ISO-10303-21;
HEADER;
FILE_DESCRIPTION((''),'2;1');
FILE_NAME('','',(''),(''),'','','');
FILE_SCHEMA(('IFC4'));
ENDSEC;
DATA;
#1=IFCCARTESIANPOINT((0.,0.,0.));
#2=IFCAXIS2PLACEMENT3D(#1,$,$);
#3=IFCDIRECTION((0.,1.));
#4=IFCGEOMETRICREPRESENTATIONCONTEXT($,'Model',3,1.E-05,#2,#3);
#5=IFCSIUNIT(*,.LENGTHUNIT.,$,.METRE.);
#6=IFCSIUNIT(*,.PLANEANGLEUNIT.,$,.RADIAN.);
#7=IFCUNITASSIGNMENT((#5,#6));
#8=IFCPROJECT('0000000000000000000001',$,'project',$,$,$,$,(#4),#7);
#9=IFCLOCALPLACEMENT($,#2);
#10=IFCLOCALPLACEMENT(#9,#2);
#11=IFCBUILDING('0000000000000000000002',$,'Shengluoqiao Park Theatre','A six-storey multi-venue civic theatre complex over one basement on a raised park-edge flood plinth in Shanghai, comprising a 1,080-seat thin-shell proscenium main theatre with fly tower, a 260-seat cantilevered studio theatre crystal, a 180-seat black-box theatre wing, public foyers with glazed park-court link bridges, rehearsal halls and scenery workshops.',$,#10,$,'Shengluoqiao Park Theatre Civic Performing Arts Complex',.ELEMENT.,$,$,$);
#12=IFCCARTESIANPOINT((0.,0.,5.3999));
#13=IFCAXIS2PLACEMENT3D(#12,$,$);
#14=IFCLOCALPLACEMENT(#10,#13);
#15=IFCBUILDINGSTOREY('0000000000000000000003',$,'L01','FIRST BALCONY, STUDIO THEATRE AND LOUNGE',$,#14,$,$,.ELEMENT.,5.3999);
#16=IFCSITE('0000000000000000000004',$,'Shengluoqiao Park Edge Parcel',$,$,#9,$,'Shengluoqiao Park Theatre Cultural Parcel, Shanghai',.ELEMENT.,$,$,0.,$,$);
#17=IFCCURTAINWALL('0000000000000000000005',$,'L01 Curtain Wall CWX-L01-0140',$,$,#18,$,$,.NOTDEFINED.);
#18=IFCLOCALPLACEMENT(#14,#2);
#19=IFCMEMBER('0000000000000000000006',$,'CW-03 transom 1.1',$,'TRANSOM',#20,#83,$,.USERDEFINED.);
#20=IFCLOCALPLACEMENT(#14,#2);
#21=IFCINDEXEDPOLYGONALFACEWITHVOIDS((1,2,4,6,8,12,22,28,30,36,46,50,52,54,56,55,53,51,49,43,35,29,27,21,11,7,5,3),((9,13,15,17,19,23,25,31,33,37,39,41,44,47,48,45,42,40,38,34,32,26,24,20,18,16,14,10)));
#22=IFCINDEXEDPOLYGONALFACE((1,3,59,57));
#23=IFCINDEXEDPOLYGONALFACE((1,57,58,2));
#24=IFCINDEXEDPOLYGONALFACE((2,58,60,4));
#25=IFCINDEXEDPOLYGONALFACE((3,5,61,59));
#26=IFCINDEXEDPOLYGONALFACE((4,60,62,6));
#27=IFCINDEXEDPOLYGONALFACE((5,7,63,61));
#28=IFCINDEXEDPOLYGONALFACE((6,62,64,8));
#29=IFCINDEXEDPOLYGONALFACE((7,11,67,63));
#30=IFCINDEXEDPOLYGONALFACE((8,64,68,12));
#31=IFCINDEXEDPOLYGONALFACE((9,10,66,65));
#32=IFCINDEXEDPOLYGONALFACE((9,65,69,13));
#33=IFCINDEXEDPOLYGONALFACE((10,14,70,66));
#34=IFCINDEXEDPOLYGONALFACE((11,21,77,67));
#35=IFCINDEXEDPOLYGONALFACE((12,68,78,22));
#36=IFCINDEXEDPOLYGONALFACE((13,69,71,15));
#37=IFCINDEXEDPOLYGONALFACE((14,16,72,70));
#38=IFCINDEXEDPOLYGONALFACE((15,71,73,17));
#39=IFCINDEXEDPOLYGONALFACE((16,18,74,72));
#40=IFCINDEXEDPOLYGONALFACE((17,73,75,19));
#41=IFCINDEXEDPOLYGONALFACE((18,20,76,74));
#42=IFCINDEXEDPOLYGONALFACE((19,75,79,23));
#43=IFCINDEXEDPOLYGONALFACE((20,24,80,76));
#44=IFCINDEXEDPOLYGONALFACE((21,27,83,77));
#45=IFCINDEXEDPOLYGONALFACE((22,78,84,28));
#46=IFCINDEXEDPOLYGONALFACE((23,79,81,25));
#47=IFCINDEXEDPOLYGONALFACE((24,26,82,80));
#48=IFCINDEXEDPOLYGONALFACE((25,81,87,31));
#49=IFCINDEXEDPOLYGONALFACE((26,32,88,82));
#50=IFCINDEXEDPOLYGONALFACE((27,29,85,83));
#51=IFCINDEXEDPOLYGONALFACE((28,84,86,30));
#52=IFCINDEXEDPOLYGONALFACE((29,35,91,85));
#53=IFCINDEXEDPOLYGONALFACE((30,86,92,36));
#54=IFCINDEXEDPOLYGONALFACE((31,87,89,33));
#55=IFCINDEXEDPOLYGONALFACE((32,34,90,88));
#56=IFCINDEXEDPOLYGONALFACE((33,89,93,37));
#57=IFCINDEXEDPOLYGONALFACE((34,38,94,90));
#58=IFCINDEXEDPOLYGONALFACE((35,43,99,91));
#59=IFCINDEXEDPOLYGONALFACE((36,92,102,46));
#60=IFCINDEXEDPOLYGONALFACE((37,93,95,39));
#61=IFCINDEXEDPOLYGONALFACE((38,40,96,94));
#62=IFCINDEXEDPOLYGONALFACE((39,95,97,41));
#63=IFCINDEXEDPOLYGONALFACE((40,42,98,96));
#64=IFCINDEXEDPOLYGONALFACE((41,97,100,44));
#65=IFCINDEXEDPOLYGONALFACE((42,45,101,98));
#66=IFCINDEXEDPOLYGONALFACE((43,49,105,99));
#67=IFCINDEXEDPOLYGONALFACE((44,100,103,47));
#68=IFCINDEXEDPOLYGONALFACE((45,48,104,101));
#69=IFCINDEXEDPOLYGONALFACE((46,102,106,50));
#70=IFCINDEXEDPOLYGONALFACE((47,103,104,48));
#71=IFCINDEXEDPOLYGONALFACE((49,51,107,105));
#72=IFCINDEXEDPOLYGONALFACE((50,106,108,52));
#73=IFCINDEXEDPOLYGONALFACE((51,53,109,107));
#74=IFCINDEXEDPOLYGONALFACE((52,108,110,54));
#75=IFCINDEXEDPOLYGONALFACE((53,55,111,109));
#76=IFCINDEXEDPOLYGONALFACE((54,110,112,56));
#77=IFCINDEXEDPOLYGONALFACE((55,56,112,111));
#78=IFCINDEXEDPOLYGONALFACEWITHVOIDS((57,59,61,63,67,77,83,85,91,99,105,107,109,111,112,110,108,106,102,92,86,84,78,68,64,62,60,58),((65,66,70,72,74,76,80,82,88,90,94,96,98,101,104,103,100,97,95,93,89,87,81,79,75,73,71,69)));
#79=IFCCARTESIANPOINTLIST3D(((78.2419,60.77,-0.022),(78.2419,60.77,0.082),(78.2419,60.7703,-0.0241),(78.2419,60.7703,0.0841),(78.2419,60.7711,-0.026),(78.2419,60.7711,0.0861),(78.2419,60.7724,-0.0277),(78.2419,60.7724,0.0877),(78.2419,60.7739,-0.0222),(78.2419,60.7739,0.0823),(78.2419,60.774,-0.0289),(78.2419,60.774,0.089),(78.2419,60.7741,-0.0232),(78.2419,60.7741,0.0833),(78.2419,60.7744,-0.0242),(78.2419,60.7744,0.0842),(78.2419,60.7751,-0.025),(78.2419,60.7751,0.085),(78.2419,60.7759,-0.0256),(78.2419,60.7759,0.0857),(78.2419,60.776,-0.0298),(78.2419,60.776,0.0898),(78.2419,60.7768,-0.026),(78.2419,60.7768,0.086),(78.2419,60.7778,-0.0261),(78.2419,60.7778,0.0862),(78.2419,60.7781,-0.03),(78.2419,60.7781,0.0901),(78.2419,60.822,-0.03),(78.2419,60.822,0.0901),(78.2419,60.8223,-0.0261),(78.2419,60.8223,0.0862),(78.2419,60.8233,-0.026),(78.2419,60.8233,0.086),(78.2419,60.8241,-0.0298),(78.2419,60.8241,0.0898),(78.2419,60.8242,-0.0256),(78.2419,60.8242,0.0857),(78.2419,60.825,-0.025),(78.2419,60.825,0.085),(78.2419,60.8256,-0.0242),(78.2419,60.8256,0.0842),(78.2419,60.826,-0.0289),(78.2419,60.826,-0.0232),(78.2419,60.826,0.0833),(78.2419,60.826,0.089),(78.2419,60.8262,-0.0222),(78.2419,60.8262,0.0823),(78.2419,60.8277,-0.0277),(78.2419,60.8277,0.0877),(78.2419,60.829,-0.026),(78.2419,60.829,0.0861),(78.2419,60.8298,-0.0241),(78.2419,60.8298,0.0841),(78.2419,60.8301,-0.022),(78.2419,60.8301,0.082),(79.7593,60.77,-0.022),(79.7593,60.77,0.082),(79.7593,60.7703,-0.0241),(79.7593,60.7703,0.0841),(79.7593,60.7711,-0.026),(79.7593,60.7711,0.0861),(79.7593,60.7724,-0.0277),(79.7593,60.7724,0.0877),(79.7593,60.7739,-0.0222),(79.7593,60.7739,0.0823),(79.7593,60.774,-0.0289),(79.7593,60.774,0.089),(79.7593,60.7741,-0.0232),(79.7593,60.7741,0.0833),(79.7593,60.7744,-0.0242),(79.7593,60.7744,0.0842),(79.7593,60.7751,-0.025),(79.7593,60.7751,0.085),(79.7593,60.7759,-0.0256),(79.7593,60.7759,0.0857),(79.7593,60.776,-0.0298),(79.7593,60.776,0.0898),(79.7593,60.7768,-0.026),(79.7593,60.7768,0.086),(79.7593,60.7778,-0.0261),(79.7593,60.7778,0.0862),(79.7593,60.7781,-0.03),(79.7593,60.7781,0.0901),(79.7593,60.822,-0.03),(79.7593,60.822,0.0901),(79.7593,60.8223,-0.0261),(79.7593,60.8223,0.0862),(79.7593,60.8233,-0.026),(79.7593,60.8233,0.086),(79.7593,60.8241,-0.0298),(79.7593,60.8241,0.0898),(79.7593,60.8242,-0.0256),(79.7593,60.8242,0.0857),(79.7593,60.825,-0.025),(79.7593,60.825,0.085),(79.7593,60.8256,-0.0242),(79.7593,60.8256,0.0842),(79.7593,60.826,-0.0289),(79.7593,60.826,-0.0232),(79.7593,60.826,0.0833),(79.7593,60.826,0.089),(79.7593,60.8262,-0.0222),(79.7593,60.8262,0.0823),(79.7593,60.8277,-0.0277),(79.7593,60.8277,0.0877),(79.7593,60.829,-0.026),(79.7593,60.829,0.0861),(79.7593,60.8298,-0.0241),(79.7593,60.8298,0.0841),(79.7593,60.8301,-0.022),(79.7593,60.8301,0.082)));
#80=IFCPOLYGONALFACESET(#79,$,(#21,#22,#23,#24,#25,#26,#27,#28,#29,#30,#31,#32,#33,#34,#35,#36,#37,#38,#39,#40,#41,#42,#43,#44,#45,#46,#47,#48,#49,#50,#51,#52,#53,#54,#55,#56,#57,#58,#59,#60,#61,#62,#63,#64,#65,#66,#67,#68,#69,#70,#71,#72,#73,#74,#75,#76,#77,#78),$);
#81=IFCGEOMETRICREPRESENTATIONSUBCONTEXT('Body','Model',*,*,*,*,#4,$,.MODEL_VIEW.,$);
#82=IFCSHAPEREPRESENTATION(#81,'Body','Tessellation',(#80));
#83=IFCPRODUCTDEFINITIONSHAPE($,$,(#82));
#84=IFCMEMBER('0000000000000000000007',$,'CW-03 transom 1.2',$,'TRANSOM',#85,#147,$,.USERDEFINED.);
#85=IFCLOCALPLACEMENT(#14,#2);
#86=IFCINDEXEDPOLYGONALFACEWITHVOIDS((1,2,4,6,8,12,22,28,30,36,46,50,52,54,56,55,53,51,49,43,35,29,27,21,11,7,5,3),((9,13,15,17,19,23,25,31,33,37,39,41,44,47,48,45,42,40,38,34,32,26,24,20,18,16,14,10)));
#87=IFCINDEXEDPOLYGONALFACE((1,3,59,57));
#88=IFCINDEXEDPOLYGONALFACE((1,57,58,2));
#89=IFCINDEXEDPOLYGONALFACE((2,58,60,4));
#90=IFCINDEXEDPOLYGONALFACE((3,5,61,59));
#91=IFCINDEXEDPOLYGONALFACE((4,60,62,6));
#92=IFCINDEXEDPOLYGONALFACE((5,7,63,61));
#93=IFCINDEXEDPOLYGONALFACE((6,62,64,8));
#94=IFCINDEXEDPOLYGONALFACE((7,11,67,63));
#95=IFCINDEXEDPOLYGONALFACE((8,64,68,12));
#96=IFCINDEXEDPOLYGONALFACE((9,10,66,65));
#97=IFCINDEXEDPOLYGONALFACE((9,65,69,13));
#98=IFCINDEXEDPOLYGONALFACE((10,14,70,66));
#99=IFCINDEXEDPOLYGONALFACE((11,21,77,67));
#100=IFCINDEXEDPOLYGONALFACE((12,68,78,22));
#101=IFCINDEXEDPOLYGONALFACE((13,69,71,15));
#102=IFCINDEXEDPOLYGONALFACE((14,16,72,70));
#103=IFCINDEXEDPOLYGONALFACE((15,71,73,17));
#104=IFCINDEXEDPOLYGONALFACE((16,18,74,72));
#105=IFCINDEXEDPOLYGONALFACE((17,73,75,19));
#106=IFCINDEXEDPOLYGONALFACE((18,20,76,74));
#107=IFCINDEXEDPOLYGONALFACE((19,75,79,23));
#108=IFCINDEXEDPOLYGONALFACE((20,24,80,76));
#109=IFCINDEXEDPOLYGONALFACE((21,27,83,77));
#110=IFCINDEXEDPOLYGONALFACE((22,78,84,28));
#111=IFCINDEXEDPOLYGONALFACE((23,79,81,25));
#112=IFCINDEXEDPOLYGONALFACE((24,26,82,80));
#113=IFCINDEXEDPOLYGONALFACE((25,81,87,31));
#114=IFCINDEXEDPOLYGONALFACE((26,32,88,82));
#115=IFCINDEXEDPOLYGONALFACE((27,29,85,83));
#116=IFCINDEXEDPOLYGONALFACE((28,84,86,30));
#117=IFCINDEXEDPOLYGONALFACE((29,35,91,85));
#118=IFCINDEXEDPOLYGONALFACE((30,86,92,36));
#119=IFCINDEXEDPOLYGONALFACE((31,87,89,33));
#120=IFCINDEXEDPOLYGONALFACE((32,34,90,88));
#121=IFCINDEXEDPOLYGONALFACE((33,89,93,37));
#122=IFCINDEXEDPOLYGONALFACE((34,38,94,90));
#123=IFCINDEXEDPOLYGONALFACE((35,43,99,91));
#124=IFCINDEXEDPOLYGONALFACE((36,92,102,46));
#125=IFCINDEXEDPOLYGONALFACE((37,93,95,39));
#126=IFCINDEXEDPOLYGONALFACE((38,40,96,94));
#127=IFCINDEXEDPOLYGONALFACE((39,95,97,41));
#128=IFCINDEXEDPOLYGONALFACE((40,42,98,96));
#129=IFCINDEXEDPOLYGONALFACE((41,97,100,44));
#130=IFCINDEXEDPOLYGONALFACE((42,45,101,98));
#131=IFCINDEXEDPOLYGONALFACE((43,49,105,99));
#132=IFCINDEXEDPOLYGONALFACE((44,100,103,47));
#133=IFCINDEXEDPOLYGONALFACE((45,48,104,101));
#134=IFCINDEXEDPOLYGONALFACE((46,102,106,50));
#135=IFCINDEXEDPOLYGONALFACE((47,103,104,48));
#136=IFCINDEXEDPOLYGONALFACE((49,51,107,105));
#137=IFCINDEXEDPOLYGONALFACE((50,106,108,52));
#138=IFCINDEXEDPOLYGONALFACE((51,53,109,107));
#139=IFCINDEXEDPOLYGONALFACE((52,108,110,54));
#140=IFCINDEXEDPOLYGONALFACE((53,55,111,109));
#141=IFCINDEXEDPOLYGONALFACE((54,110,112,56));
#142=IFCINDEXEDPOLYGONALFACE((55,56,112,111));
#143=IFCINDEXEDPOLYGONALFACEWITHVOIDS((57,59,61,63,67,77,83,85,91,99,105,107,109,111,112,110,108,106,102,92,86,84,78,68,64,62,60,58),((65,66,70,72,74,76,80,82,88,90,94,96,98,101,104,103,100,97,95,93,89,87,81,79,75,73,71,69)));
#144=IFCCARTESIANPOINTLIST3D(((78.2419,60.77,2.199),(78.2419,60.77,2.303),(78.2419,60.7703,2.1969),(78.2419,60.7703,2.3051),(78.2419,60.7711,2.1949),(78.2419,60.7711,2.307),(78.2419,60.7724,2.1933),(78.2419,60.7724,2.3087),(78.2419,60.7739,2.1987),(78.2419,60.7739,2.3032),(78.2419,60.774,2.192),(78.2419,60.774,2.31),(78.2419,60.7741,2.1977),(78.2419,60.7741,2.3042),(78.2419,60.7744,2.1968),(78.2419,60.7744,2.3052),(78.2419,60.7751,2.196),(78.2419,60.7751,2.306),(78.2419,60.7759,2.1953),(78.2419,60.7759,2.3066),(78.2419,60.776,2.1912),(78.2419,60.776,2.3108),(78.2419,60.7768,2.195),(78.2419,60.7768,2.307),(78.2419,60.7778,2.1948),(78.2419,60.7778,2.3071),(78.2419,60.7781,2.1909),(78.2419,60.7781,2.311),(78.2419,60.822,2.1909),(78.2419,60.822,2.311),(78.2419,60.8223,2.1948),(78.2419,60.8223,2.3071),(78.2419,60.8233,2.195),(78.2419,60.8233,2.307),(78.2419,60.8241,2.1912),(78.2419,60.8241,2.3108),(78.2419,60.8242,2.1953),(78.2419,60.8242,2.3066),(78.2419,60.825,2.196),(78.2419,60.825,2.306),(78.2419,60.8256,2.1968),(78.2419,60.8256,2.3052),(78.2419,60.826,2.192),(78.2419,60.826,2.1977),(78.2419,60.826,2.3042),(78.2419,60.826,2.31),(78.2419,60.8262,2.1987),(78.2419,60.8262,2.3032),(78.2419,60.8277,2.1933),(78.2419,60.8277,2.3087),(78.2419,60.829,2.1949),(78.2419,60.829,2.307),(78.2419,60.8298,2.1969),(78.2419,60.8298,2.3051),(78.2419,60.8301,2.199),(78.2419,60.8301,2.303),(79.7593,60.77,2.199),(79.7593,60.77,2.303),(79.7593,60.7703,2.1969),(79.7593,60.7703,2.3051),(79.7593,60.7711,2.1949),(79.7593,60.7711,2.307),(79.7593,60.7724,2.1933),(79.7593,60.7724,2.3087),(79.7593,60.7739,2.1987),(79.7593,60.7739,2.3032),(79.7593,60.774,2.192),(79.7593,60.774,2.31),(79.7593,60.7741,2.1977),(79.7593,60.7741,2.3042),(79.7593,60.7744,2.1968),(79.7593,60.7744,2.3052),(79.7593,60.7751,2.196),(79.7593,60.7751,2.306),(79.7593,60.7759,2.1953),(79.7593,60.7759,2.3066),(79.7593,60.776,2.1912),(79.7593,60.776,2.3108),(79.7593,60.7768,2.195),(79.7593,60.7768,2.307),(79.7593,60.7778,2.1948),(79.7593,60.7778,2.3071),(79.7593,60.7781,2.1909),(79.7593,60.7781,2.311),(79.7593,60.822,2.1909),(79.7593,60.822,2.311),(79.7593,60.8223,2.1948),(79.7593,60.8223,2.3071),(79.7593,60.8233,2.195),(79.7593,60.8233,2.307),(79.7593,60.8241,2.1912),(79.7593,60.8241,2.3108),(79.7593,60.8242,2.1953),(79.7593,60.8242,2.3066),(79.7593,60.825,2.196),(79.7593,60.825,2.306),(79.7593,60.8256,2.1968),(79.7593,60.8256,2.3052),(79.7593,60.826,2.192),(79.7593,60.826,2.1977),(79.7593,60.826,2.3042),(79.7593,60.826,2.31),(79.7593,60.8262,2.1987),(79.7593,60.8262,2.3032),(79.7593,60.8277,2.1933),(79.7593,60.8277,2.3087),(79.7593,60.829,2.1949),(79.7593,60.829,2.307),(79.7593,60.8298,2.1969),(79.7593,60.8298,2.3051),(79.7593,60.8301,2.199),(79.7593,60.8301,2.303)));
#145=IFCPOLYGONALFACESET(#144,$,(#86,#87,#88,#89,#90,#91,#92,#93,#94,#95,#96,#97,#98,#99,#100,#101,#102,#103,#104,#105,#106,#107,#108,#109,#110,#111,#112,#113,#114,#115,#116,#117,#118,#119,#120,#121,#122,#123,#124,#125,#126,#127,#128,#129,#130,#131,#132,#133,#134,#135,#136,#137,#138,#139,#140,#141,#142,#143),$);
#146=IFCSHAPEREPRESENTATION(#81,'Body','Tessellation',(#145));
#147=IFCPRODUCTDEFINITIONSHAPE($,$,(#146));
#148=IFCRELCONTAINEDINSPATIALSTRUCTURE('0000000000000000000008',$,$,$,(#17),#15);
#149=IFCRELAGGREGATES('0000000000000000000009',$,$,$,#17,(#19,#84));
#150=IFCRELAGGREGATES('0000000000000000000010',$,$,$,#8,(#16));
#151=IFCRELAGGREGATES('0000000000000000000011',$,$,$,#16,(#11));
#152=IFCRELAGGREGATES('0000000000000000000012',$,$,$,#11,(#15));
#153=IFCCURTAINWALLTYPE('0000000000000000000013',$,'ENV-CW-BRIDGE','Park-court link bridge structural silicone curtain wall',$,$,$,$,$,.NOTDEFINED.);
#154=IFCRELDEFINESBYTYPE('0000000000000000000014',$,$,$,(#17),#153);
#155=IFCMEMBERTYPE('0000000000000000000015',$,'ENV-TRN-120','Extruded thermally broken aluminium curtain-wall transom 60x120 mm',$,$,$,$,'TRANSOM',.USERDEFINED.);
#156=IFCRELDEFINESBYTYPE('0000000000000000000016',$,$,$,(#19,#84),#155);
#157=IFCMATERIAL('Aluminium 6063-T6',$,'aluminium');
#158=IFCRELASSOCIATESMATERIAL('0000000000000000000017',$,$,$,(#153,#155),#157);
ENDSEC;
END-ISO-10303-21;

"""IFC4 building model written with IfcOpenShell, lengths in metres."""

from ifc_helpers import new_model, si_unit, direction, frame, origin, origin_2d, place, context, subcontext, project, spatial, hollow_rectangle, extrude, material, material_profile, profile_set, type_object, element, aggregate, save


model = new_model("IFC4")

# Units and contexts
model_context = context("Model", 3, precision=1e-05, world=origin(), true_north=direction((0.0, 1.0)))
body_context = subcontext(model_context, "Body", "Model", "MODEL_VIEW")
ifc_project = project(units=[si_unit("LENGTHUNIT", "METRE"), si_unit("PLANEANGLEUNIT", "RADIAN")], contexts=[model_context])

# Site, building, storey
site_placement = place(None, origin())
site = spatial("IfcSite", under=ifc_project, at=site_placement, Name="Shengluoqiao Park Edge Parcel", LongName="Shengluoqiao Park Theatre Cultural Parcel, Shanghai", CompositionType="ELEMENT", RefElevation=0.0)
building_placement = place(site_placement, origin())
building = spatial("IfcBuilding", under=site, at=building_placement, Name="Shengluoqiao Park Theatre", Description="A six-storey multi-venue civic theatre complex over one basement on a raised park-edge flood plinth in Shanghai, comprising a 1,080-seat thin-shell proscenium main theatre with fly tower, a 260-seat cantilevered studio theatre crystal, a 180-seat black-box theatre wing, public foyers with glazed park-court link bridges, rehearsal halls and scenery workshops.", LongName="Shengluoqiao Park Theatre Civic Performing Arts Complex", CompositionType="ELEMENT")
storey_placement = place(building_placement, frame((0.0, 0.0, 5.3999)))
storey = spatial("IfcBuildingStorey", under=building, at=storey_placement, Name="L01", Description="FIRST BALCONY, STUDIO THEATRE AND LOUNGE", CompositionType="ELEMENT", Elevation=5.3999)

# Shared definitions
ifc_material_1 = material(Name="Aluminium 6063-T6", Category="aluminium")
curtain_wall_type = type_object("IfcCurtainWallType", Name="ENV-CW-BRIDGE", Description="Park-court link bridge structural silicone curtain wall", PredefinedType="NOTDEFINED", material=ifc_material_1)

# Curtain wall, members
curtain_wall_1_placement = place(storey_placement, origin())
curtain_wall_1 = element("IfcCurtainWall", 1, at=curtain_wall_1_placement, inside=storey, type_object=curtain_wall_type, Name="L01 Curtain Wall CWX-L01-0140", PredefinedType="NOTDEFINED")
ifc_material_profile_1 = material_profile(ifc_material_1, hollow_rectangle(XDim=0.0601, YDim=0.1201, WallThickness=0.0039, InnerFilletRadius=0.0039, OuterFilletRadius=0.0081, at=origin_2d()), Name="ALU TRANSOM 120x60x4")
ifc_profile_set_1 = profile_set([ifc_material_profile_1], Name="Aluminium 6063-T6")
member_type_1 = type_object("IfcMemberType", Name="ENV-TRN-120", Description="Extruded thermally broken aluminium curtain-wall transom 60x120 mm", ElementType="TRANSOM", PredefinedType="USERDEFINED", material=ifc_profile_set_1)
member_1_placement = place(storey_placement, frame((78.2419, 60.8, 0.03), z_axis=(1.0, 0.0, 0.0), x_axis=(0.0, 1.0, 0.0)))
member_1 = element("IfcMember", 2, at=member_1_placement, type_object=member_type_1, Name="CW-03 transom 1.1", ObjectType="TRANSOM", PredefinedType="USERDEFINED", context=body_context, shape_type="SweptSolid", body=[
    extrude(hollow_rectangle(XDim=0.0601, YDim=0.1201, WallThickness=0.0039, InnerFilletRadius=0.0039, OuterFilletRadius=0.0081, at=origin_2d()), origin(), (0.0, 0.0, 1.0), 1.5173),
])
member_2_placement = place(storey_placement, frame((78.2419, 60.8, 2.251), z_axis=(1.0, 0.0, 0.0), x_axis=(0.0, 1.0, 0.0)))
member_2 = element("IfcMember", 3, at=member_2_placement, type_object=member_type_1, Name="CW-03 transom 1.2", ObjectType="TRANSOM", PredefinedType="USERDEFINED", context=body_context, shape_type="SweptSolid", body=[
    extrude(hollow_rectangle(XDim=0.0601, YDim=0.1201, WallThickness=0.0039, InnerFilletRadius=0.0039, OuterFilletRadius=0.0081, at=origin_2d()), origin(), (0.0, 0.0, 1.0), 1.5173),
])

aggregate(curtain_wall_1, [member_1, member_2])

save(model, "model.ifc")
